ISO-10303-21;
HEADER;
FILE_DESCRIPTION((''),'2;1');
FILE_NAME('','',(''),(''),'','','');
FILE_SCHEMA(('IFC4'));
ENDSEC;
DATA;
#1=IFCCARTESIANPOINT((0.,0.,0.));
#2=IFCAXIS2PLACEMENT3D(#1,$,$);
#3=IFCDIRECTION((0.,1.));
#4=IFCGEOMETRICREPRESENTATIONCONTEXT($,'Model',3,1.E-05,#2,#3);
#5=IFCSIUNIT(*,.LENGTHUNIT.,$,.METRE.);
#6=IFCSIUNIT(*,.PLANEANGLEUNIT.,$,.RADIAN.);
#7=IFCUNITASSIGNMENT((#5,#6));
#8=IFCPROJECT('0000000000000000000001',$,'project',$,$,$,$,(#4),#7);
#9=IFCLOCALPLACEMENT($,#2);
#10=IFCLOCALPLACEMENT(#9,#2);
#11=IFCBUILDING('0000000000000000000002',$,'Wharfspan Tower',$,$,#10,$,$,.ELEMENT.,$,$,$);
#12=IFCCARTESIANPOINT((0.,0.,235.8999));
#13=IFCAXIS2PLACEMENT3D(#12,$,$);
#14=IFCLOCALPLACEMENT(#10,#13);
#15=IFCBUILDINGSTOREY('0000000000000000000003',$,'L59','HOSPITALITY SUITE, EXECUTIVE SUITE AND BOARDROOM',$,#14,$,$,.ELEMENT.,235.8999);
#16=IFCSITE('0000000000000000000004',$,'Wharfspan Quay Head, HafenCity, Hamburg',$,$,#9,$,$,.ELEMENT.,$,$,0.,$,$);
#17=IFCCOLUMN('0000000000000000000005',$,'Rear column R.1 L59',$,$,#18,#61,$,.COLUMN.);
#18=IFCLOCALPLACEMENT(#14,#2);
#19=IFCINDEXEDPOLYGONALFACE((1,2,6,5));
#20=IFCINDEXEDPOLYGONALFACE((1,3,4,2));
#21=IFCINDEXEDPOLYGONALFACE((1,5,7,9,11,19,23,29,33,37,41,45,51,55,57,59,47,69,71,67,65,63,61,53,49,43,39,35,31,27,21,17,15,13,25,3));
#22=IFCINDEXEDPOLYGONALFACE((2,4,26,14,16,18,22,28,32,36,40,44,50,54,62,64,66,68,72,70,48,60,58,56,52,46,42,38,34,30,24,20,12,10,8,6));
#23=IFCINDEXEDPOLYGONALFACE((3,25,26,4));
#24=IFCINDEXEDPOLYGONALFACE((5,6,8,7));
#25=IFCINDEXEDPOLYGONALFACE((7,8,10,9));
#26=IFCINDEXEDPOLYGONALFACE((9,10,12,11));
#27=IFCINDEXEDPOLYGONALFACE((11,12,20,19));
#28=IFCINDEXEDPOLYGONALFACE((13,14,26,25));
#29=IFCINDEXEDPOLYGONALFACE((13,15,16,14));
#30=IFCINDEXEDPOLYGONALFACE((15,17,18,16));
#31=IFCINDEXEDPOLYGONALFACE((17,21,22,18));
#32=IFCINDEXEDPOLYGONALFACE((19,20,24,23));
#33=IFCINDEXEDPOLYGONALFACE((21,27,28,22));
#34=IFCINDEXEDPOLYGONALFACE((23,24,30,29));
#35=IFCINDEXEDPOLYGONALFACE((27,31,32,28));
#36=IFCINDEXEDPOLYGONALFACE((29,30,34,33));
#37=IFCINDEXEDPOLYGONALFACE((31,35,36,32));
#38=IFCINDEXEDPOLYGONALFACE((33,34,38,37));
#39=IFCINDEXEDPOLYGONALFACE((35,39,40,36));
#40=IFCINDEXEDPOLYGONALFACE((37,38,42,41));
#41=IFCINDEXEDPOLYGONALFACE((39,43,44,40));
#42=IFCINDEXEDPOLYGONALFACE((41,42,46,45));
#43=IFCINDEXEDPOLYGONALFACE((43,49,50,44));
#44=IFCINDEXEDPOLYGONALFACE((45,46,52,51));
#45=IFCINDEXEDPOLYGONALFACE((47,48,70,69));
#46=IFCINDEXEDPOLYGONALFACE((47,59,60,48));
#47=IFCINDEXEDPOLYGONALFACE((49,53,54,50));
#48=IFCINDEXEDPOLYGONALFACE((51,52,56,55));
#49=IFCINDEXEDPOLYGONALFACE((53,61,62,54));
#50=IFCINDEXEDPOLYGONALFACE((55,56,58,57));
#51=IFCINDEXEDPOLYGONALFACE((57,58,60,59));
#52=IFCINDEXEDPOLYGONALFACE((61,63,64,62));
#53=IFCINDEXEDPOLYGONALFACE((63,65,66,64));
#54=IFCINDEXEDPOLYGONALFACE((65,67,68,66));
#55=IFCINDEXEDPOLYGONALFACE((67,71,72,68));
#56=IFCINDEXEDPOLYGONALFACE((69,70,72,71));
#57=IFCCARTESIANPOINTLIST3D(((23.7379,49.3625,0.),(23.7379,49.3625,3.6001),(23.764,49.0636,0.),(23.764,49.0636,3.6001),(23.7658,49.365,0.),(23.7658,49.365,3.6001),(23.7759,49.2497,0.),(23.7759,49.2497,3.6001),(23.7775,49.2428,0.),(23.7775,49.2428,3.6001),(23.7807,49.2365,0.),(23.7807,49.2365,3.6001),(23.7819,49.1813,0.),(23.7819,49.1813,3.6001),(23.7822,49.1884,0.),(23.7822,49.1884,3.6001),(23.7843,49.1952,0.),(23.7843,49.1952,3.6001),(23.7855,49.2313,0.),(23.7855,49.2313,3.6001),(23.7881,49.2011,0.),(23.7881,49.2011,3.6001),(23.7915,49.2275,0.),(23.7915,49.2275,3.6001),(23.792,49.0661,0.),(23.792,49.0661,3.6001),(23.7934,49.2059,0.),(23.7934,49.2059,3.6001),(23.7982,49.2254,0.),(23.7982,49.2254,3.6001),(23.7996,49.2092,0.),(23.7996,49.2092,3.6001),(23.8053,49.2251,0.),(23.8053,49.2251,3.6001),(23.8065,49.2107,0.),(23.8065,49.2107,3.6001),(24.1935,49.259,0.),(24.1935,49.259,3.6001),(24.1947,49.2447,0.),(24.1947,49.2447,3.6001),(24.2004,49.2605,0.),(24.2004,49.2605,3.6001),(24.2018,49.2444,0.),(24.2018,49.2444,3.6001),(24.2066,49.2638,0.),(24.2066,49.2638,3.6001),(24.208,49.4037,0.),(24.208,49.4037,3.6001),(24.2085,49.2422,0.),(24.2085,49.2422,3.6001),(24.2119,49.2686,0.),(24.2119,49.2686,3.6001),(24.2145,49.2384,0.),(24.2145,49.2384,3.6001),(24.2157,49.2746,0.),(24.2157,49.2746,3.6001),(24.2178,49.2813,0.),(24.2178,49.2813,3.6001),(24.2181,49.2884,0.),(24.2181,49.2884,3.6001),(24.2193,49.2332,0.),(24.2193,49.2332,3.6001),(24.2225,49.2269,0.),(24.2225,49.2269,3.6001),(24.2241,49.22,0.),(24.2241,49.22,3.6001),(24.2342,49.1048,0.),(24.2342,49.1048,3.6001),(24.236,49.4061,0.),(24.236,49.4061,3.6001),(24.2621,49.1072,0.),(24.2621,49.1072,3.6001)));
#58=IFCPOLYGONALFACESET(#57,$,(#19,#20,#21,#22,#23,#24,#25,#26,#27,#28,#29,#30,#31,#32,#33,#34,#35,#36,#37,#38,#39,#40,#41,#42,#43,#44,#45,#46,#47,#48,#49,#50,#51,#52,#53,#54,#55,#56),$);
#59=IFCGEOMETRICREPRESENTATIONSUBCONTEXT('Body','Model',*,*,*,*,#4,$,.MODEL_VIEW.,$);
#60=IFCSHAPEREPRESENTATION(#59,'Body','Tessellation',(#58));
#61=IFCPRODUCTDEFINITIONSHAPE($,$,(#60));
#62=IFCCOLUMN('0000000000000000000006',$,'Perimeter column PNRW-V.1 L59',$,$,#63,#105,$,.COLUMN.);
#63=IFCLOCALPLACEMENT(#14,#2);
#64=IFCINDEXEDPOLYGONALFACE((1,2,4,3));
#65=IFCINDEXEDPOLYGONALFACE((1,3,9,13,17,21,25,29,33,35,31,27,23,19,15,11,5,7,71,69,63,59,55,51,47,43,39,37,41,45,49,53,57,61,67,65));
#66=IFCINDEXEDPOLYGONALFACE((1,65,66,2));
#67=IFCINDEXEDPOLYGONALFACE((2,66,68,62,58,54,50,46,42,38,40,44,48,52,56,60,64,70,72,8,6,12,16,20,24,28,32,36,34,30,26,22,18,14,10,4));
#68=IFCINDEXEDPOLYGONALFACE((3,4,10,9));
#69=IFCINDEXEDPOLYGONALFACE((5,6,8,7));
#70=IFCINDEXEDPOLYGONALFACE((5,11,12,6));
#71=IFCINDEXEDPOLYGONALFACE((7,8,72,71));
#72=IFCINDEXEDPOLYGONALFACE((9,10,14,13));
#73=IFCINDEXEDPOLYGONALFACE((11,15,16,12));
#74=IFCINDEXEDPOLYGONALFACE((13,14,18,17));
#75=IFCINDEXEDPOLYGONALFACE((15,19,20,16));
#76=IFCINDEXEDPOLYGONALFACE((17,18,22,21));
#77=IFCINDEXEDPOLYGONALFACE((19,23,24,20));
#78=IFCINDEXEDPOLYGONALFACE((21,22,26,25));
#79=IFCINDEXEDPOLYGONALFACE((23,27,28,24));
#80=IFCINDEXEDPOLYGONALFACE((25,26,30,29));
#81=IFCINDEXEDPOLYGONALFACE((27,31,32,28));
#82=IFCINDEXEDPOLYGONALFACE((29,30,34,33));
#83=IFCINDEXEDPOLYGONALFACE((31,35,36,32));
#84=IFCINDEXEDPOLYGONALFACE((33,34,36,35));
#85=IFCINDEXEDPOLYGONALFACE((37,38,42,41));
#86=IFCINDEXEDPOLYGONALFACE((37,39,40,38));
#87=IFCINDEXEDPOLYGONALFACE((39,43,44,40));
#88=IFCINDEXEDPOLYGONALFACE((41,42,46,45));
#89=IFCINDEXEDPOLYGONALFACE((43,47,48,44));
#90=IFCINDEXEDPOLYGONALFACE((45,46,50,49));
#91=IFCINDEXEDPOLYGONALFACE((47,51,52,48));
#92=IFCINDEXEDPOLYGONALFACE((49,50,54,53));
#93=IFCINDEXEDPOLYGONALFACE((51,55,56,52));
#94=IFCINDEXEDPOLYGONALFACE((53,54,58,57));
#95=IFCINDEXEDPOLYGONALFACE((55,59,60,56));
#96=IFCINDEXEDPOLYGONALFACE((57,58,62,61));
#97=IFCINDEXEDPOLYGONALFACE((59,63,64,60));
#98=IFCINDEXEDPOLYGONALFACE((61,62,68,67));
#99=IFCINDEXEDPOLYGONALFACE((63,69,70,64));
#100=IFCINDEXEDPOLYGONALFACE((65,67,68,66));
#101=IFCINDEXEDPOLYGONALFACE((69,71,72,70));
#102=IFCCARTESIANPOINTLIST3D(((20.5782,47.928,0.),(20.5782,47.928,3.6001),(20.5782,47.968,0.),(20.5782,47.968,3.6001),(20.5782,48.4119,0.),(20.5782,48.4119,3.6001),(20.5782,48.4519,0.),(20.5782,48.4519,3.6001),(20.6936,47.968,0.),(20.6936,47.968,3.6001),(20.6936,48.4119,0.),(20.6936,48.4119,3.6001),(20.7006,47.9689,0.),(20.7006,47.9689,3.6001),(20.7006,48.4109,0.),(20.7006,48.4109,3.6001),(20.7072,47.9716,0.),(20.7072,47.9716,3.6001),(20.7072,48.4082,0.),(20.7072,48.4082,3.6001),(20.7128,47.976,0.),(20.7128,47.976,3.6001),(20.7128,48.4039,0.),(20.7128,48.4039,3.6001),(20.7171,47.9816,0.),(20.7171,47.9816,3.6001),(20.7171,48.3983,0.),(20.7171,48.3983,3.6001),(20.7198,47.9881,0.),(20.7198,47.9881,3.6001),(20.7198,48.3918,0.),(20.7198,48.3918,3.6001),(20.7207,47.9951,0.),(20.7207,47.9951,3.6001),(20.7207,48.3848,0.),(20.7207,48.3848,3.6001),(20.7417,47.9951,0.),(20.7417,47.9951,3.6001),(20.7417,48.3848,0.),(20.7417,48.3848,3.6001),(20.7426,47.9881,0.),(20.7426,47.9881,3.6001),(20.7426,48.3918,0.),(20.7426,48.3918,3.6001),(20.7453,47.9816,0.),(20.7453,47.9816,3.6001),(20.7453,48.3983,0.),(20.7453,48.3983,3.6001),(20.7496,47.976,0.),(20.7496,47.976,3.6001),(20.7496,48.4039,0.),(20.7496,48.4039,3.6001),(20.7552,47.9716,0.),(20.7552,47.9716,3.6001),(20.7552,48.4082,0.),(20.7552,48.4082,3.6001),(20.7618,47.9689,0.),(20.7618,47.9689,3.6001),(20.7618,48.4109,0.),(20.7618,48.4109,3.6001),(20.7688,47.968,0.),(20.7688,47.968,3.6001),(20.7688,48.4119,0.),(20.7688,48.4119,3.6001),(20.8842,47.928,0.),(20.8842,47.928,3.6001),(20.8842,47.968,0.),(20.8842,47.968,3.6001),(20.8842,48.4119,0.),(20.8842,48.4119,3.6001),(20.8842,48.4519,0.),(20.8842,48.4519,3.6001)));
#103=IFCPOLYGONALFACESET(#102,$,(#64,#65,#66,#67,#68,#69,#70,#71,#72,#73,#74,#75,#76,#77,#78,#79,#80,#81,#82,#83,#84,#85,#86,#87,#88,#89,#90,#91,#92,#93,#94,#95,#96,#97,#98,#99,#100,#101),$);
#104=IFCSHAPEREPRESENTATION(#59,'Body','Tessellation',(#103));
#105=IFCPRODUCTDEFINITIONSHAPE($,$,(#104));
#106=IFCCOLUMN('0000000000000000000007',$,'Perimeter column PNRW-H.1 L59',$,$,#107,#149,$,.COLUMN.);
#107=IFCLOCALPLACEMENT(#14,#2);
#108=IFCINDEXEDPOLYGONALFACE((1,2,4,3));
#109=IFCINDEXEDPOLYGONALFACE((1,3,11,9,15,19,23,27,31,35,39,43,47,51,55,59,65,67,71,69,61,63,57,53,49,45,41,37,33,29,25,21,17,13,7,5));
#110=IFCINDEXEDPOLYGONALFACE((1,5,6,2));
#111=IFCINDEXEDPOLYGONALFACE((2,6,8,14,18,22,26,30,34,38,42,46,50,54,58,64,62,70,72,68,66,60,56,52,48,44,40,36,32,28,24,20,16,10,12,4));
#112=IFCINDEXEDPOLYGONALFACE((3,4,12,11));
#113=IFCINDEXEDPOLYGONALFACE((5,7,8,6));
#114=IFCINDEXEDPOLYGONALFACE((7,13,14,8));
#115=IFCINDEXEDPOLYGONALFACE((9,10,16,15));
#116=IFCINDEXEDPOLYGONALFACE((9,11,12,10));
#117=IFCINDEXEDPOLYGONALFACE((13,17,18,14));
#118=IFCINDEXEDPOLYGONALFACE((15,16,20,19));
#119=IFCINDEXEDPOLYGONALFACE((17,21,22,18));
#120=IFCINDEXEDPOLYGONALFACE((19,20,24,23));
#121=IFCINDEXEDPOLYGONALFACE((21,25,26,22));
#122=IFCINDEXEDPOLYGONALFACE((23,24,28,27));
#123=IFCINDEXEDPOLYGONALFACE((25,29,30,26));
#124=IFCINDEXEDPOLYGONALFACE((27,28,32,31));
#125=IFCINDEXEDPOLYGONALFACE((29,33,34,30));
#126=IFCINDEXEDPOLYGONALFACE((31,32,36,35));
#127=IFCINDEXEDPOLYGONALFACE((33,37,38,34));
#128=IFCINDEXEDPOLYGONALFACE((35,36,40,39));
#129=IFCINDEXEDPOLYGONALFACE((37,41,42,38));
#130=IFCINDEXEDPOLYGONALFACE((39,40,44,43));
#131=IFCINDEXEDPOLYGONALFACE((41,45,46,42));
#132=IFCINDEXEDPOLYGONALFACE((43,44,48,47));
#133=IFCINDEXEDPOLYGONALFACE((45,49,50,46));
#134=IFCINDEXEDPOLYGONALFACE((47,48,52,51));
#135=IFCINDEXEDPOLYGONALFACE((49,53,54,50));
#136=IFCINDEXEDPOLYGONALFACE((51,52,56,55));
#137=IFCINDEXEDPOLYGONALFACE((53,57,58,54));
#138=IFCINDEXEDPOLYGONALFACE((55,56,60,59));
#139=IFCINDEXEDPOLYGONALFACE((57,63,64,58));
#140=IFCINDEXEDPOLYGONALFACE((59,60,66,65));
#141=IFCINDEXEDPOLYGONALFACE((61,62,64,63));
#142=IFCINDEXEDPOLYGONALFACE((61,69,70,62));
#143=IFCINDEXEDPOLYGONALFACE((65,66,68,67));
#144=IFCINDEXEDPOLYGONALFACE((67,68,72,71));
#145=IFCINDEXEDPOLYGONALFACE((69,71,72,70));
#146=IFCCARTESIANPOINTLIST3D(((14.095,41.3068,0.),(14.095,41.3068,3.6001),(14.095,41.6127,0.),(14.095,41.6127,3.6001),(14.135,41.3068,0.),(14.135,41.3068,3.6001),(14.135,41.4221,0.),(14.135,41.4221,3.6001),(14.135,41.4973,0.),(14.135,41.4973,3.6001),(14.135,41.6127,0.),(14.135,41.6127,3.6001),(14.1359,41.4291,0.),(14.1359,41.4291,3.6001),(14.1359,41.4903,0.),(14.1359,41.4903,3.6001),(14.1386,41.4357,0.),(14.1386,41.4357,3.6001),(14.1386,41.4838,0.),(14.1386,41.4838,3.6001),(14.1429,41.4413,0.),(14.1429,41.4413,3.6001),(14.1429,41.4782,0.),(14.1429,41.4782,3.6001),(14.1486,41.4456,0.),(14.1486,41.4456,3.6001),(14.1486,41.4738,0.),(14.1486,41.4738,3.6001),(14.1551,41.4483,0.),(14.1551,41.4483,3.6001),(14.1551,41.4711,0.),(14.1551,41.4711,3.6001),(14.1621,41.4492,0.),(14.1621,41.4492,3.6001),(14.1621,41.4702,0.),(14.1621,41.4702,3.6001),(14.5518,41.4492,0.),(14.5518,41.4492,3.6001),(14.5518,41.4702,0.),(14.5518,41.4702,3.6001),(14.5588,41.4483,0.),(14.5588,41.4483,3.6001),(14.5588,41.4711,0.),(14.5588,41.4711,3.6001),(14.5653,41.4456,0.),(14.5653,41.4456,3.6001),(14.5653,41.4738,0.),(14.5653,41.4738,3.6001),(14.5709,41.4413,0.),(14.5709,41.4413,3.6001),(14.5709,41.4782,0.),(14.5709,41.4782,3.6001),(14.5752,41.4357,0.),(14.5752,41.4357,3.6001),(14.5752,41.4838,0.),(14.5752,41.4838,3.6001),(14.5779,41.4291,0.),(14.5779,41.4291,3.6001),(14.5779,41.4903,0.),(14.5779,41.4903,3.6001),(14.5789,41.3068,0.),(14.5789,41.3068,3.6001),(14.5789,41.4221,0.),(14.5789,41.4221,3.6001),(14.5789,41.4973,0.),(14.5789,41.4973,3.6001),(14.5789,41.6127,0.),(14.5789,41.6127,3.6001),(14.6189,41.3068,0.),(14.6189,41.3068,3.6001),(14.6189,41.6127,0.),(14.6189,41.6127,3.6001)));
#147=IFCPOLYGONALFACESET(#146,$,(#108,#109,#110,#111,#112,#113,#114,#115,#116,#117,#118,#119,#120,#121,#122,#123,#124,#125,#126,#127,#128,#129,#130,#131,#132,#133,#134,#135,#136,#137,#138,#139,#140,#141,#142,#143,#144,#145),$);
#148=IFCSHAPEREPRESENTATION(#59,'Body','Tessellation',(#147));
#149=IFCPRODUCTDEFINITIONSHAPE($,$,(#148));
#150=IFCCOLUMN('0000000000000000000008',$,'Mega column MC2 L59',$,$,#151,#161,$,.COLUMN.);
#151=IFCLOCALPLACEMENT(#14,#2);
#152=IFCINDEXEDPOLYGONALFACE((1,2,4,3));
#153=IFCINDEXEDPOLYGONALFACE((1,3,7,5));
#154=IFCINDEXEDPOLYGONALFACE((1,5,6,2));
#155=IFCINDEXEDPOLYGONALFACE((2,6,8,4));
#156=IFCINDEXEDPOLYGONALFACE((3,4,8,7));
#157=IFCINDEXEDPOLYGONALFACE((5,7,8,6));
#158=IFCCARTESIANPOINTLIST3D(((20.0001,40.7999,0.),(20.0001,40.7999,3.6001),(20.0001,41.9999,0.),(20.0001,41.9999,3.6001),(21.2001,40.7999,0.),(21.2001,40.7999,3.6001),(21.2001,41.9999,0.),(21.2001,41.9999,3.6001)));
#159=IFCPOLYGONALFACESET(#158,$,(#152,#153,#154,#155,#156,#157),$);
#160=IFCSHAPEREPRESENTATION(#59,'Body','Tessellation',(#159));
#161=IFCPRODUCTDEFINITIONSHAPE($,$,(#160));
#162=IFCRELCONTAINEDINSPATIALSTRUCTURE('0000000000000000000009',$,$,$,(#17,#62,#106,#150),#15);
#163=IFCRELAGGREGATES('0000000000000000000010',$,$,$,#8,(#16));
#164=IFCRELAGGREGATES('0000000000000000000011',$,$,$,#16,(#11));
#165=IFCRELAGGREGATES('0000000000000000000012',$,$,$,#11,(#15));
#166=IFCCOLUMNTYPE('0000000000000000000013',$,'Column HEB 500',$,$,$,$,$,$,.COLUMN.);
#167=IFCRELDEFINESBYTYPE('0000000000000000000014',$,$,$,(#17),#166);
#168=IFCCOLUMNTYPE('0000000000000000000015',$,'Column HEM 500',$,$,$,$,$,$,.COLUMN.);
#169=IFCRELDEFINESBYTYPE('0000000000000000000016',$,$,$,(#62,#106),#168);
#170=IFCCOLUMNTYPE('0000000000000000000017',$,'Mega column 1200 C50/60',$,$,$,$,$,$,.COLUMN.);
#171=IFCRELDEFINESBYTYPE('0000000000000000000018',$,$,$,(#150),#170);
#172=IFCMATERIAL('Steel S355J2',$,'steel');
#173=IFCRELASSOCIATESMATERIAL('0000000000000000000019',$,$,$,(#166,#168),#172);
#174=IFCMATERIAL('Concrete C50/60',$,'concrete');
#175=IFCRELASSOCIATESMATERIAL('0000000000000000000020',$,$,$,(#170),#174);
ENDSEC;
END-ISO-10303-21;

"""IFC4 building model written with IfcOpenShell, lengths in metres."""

from ifc_helpers import new_model, si_unit, direction, frame, origin, origin_2d, place, context, subcontext, project, spatial, rectangle, i_section, extrude, material, material_profile, profile_set, type_object, element, save


model = new_model("IFC4")

# Units and contexts
model_context = context("Model", 3, precision=1e-05, world=origin(), true_north=direction((0.0, 1.0)))
body_context = subcontext(model_context, "Body", "Model", "MODEL_VIEW")
ifc_project = project(units=[si_unit("LENGTHUNIT", "METRE"), si_unit("PLANEANGLEUNIT", "RADIAN")], contexts=[model_context])

# Site, building, storey
site_placement = place(None, origin())
site = spatial("IfcSite", under=ifc_project, at=site_placement, Name="Wharfspan Quay Head, HafenCity, Hamburg", CompositionType="ELEMENT", RefElevation=0.0)
building_placement = place(site_placement, origin())
building = spatial("IfcBuilding", under=site, at=building_placement, Name="Wharfspan Tower", CompositionType="ELEMENT")
storey_placement = place(building_placement, frame((0.0, 0.0, 235.8999)))
storey = spatial("IfcBuildingStorey", under=building, at=storey_placement, Name="L59", Description="HOSPITALITY SUITE, EXECUTIVE SUITE AND BOARDROOM", CompositionType="ELEMENT", Elevation=235.8999)

# Columns
ifc_material_1 = material(Name="Steel S355J2", Category="steel")
ifc_material_profile_1 = material_profile(ifc_material_1, i_section(OverallWidth=0.3, OverallDepth=0.5, WebThickness=0.0144, FlangeThickness=0.0281, FilletRadius=0.0271, at=origin_2d()))
ifc_profile_set_1 = profile_set([ifc_material_profile_1], Name="Steel S355J2")
column_type_1 = type_object("IfcColumnType", Name="Column HEB 500", PredefinedType="COLUMN", material=ifc_profile_set_1)
column_1_placement = place(storey_placement, frame((24.0, 49.2349, 0.0), z_axis=(0.0, 0.0, 1.0), x_axis=(-0.087156, 0.996197, 0.0)))
element("IfcColumn", 1, at=column_1_placement, inside=storey, type_object=column_type_1, Name="Rear column R.1 L59", PredefinedType="COLUMN", context=body_context, shape_type="SweptSolid", body=[
    extrude(i_section(OverallWidth=0.3, OverallDepth=0.5, WebThickness=0.0144, FlangeThickness=0.0281, FilletRadius=0.0271, at=origin_2d()), origin(), (0.0, 0.0, 1.0), 3.6001),
])
ifc_material_profile_2 = material_profile(ifc_material_1, i_section(OverallWidth=0.3059, OverallDepth=0.5239, WebThickness=0.021, FlangeThickness=0.04, FilletRadius=0.0271, at=origin_2d()))
ifc_profile_set_2 = profile_set([ifc_material_profile_2], Name="Steel S355J2")
column_type_2 = type_object("IfcColumnType", Name="Column HEM 500", PredefinedType="COLUMN", material=ifc_profile_set_2)
for number, where, z_axis, x_axis, name in (
    (2, (20.7312, 48.1899, 0.0), (0.0, 0.0, 1.0), (-1.0, 0.0, 0.0), "Perimeter column PNRW-V.1 L59"),
    (3, (14.3569, 41.4597, 0.0), (0.0, 0.0, 1.0), (0.0, 1.0, 0.0), "Perimeter column PNRW-H.1 L59"),
):
    element("IfcColumn", number, at=place(storey_placement, frame(where, z_axis=z_axis, x_axis=x_axis)), inside=storey, type_object=column_type_2, Name=name, PredefinedType="COLUMN", context=body_context, shape_type="SweptSolid", body=[
        extrude(i_section(OverallWidth=0.3059, OverallDepth=0.5239, WebThickness=0.021, FlangeThickness=0.04, FilletRadius=0.0271, at=origin_2d()), origin(), (0.0, 0.0, 1.0), 3.6001),
    ])
ifc_material_2 = material(Name="Concrete C50/60", Category="concrete")
ifc_material_profile_3 = material_profile(ifc_material_2, rectangle(XDim=1.2, YDim=1.2, at=origin_2d()))
ifc_profile_set_3 = profile_set([ifc_material_profile_3], Name="Concrete C50/60")
column_type_3 = type_object("IfcColumnType", Name="Mega column 1200 C50/60", PredefinedType="COLUMN", material=ifc_profile_set_3)
column_2_placement = place(storey_placement, frame((20.6001, 41.3999, 0.0), z_axis=(0.0, 0.0, 1.0), x_axis=(1.0, 0.0, 0.0)))
element("IfcColumn", 4, at=column_2_placement, inside=storey, type_object=column_type_3, Name="Mega column MC2 L59", PredefinedType="COLUMN", context=body_context, shape_type="SweptSolid", body=[
    extrude(rectangle(XDim=1.2, YDim=1.2, at=origin_2d()), origin(), (0.0, 0.0, 1.0), 3.6001),
])

save(model, "model.ifc")
